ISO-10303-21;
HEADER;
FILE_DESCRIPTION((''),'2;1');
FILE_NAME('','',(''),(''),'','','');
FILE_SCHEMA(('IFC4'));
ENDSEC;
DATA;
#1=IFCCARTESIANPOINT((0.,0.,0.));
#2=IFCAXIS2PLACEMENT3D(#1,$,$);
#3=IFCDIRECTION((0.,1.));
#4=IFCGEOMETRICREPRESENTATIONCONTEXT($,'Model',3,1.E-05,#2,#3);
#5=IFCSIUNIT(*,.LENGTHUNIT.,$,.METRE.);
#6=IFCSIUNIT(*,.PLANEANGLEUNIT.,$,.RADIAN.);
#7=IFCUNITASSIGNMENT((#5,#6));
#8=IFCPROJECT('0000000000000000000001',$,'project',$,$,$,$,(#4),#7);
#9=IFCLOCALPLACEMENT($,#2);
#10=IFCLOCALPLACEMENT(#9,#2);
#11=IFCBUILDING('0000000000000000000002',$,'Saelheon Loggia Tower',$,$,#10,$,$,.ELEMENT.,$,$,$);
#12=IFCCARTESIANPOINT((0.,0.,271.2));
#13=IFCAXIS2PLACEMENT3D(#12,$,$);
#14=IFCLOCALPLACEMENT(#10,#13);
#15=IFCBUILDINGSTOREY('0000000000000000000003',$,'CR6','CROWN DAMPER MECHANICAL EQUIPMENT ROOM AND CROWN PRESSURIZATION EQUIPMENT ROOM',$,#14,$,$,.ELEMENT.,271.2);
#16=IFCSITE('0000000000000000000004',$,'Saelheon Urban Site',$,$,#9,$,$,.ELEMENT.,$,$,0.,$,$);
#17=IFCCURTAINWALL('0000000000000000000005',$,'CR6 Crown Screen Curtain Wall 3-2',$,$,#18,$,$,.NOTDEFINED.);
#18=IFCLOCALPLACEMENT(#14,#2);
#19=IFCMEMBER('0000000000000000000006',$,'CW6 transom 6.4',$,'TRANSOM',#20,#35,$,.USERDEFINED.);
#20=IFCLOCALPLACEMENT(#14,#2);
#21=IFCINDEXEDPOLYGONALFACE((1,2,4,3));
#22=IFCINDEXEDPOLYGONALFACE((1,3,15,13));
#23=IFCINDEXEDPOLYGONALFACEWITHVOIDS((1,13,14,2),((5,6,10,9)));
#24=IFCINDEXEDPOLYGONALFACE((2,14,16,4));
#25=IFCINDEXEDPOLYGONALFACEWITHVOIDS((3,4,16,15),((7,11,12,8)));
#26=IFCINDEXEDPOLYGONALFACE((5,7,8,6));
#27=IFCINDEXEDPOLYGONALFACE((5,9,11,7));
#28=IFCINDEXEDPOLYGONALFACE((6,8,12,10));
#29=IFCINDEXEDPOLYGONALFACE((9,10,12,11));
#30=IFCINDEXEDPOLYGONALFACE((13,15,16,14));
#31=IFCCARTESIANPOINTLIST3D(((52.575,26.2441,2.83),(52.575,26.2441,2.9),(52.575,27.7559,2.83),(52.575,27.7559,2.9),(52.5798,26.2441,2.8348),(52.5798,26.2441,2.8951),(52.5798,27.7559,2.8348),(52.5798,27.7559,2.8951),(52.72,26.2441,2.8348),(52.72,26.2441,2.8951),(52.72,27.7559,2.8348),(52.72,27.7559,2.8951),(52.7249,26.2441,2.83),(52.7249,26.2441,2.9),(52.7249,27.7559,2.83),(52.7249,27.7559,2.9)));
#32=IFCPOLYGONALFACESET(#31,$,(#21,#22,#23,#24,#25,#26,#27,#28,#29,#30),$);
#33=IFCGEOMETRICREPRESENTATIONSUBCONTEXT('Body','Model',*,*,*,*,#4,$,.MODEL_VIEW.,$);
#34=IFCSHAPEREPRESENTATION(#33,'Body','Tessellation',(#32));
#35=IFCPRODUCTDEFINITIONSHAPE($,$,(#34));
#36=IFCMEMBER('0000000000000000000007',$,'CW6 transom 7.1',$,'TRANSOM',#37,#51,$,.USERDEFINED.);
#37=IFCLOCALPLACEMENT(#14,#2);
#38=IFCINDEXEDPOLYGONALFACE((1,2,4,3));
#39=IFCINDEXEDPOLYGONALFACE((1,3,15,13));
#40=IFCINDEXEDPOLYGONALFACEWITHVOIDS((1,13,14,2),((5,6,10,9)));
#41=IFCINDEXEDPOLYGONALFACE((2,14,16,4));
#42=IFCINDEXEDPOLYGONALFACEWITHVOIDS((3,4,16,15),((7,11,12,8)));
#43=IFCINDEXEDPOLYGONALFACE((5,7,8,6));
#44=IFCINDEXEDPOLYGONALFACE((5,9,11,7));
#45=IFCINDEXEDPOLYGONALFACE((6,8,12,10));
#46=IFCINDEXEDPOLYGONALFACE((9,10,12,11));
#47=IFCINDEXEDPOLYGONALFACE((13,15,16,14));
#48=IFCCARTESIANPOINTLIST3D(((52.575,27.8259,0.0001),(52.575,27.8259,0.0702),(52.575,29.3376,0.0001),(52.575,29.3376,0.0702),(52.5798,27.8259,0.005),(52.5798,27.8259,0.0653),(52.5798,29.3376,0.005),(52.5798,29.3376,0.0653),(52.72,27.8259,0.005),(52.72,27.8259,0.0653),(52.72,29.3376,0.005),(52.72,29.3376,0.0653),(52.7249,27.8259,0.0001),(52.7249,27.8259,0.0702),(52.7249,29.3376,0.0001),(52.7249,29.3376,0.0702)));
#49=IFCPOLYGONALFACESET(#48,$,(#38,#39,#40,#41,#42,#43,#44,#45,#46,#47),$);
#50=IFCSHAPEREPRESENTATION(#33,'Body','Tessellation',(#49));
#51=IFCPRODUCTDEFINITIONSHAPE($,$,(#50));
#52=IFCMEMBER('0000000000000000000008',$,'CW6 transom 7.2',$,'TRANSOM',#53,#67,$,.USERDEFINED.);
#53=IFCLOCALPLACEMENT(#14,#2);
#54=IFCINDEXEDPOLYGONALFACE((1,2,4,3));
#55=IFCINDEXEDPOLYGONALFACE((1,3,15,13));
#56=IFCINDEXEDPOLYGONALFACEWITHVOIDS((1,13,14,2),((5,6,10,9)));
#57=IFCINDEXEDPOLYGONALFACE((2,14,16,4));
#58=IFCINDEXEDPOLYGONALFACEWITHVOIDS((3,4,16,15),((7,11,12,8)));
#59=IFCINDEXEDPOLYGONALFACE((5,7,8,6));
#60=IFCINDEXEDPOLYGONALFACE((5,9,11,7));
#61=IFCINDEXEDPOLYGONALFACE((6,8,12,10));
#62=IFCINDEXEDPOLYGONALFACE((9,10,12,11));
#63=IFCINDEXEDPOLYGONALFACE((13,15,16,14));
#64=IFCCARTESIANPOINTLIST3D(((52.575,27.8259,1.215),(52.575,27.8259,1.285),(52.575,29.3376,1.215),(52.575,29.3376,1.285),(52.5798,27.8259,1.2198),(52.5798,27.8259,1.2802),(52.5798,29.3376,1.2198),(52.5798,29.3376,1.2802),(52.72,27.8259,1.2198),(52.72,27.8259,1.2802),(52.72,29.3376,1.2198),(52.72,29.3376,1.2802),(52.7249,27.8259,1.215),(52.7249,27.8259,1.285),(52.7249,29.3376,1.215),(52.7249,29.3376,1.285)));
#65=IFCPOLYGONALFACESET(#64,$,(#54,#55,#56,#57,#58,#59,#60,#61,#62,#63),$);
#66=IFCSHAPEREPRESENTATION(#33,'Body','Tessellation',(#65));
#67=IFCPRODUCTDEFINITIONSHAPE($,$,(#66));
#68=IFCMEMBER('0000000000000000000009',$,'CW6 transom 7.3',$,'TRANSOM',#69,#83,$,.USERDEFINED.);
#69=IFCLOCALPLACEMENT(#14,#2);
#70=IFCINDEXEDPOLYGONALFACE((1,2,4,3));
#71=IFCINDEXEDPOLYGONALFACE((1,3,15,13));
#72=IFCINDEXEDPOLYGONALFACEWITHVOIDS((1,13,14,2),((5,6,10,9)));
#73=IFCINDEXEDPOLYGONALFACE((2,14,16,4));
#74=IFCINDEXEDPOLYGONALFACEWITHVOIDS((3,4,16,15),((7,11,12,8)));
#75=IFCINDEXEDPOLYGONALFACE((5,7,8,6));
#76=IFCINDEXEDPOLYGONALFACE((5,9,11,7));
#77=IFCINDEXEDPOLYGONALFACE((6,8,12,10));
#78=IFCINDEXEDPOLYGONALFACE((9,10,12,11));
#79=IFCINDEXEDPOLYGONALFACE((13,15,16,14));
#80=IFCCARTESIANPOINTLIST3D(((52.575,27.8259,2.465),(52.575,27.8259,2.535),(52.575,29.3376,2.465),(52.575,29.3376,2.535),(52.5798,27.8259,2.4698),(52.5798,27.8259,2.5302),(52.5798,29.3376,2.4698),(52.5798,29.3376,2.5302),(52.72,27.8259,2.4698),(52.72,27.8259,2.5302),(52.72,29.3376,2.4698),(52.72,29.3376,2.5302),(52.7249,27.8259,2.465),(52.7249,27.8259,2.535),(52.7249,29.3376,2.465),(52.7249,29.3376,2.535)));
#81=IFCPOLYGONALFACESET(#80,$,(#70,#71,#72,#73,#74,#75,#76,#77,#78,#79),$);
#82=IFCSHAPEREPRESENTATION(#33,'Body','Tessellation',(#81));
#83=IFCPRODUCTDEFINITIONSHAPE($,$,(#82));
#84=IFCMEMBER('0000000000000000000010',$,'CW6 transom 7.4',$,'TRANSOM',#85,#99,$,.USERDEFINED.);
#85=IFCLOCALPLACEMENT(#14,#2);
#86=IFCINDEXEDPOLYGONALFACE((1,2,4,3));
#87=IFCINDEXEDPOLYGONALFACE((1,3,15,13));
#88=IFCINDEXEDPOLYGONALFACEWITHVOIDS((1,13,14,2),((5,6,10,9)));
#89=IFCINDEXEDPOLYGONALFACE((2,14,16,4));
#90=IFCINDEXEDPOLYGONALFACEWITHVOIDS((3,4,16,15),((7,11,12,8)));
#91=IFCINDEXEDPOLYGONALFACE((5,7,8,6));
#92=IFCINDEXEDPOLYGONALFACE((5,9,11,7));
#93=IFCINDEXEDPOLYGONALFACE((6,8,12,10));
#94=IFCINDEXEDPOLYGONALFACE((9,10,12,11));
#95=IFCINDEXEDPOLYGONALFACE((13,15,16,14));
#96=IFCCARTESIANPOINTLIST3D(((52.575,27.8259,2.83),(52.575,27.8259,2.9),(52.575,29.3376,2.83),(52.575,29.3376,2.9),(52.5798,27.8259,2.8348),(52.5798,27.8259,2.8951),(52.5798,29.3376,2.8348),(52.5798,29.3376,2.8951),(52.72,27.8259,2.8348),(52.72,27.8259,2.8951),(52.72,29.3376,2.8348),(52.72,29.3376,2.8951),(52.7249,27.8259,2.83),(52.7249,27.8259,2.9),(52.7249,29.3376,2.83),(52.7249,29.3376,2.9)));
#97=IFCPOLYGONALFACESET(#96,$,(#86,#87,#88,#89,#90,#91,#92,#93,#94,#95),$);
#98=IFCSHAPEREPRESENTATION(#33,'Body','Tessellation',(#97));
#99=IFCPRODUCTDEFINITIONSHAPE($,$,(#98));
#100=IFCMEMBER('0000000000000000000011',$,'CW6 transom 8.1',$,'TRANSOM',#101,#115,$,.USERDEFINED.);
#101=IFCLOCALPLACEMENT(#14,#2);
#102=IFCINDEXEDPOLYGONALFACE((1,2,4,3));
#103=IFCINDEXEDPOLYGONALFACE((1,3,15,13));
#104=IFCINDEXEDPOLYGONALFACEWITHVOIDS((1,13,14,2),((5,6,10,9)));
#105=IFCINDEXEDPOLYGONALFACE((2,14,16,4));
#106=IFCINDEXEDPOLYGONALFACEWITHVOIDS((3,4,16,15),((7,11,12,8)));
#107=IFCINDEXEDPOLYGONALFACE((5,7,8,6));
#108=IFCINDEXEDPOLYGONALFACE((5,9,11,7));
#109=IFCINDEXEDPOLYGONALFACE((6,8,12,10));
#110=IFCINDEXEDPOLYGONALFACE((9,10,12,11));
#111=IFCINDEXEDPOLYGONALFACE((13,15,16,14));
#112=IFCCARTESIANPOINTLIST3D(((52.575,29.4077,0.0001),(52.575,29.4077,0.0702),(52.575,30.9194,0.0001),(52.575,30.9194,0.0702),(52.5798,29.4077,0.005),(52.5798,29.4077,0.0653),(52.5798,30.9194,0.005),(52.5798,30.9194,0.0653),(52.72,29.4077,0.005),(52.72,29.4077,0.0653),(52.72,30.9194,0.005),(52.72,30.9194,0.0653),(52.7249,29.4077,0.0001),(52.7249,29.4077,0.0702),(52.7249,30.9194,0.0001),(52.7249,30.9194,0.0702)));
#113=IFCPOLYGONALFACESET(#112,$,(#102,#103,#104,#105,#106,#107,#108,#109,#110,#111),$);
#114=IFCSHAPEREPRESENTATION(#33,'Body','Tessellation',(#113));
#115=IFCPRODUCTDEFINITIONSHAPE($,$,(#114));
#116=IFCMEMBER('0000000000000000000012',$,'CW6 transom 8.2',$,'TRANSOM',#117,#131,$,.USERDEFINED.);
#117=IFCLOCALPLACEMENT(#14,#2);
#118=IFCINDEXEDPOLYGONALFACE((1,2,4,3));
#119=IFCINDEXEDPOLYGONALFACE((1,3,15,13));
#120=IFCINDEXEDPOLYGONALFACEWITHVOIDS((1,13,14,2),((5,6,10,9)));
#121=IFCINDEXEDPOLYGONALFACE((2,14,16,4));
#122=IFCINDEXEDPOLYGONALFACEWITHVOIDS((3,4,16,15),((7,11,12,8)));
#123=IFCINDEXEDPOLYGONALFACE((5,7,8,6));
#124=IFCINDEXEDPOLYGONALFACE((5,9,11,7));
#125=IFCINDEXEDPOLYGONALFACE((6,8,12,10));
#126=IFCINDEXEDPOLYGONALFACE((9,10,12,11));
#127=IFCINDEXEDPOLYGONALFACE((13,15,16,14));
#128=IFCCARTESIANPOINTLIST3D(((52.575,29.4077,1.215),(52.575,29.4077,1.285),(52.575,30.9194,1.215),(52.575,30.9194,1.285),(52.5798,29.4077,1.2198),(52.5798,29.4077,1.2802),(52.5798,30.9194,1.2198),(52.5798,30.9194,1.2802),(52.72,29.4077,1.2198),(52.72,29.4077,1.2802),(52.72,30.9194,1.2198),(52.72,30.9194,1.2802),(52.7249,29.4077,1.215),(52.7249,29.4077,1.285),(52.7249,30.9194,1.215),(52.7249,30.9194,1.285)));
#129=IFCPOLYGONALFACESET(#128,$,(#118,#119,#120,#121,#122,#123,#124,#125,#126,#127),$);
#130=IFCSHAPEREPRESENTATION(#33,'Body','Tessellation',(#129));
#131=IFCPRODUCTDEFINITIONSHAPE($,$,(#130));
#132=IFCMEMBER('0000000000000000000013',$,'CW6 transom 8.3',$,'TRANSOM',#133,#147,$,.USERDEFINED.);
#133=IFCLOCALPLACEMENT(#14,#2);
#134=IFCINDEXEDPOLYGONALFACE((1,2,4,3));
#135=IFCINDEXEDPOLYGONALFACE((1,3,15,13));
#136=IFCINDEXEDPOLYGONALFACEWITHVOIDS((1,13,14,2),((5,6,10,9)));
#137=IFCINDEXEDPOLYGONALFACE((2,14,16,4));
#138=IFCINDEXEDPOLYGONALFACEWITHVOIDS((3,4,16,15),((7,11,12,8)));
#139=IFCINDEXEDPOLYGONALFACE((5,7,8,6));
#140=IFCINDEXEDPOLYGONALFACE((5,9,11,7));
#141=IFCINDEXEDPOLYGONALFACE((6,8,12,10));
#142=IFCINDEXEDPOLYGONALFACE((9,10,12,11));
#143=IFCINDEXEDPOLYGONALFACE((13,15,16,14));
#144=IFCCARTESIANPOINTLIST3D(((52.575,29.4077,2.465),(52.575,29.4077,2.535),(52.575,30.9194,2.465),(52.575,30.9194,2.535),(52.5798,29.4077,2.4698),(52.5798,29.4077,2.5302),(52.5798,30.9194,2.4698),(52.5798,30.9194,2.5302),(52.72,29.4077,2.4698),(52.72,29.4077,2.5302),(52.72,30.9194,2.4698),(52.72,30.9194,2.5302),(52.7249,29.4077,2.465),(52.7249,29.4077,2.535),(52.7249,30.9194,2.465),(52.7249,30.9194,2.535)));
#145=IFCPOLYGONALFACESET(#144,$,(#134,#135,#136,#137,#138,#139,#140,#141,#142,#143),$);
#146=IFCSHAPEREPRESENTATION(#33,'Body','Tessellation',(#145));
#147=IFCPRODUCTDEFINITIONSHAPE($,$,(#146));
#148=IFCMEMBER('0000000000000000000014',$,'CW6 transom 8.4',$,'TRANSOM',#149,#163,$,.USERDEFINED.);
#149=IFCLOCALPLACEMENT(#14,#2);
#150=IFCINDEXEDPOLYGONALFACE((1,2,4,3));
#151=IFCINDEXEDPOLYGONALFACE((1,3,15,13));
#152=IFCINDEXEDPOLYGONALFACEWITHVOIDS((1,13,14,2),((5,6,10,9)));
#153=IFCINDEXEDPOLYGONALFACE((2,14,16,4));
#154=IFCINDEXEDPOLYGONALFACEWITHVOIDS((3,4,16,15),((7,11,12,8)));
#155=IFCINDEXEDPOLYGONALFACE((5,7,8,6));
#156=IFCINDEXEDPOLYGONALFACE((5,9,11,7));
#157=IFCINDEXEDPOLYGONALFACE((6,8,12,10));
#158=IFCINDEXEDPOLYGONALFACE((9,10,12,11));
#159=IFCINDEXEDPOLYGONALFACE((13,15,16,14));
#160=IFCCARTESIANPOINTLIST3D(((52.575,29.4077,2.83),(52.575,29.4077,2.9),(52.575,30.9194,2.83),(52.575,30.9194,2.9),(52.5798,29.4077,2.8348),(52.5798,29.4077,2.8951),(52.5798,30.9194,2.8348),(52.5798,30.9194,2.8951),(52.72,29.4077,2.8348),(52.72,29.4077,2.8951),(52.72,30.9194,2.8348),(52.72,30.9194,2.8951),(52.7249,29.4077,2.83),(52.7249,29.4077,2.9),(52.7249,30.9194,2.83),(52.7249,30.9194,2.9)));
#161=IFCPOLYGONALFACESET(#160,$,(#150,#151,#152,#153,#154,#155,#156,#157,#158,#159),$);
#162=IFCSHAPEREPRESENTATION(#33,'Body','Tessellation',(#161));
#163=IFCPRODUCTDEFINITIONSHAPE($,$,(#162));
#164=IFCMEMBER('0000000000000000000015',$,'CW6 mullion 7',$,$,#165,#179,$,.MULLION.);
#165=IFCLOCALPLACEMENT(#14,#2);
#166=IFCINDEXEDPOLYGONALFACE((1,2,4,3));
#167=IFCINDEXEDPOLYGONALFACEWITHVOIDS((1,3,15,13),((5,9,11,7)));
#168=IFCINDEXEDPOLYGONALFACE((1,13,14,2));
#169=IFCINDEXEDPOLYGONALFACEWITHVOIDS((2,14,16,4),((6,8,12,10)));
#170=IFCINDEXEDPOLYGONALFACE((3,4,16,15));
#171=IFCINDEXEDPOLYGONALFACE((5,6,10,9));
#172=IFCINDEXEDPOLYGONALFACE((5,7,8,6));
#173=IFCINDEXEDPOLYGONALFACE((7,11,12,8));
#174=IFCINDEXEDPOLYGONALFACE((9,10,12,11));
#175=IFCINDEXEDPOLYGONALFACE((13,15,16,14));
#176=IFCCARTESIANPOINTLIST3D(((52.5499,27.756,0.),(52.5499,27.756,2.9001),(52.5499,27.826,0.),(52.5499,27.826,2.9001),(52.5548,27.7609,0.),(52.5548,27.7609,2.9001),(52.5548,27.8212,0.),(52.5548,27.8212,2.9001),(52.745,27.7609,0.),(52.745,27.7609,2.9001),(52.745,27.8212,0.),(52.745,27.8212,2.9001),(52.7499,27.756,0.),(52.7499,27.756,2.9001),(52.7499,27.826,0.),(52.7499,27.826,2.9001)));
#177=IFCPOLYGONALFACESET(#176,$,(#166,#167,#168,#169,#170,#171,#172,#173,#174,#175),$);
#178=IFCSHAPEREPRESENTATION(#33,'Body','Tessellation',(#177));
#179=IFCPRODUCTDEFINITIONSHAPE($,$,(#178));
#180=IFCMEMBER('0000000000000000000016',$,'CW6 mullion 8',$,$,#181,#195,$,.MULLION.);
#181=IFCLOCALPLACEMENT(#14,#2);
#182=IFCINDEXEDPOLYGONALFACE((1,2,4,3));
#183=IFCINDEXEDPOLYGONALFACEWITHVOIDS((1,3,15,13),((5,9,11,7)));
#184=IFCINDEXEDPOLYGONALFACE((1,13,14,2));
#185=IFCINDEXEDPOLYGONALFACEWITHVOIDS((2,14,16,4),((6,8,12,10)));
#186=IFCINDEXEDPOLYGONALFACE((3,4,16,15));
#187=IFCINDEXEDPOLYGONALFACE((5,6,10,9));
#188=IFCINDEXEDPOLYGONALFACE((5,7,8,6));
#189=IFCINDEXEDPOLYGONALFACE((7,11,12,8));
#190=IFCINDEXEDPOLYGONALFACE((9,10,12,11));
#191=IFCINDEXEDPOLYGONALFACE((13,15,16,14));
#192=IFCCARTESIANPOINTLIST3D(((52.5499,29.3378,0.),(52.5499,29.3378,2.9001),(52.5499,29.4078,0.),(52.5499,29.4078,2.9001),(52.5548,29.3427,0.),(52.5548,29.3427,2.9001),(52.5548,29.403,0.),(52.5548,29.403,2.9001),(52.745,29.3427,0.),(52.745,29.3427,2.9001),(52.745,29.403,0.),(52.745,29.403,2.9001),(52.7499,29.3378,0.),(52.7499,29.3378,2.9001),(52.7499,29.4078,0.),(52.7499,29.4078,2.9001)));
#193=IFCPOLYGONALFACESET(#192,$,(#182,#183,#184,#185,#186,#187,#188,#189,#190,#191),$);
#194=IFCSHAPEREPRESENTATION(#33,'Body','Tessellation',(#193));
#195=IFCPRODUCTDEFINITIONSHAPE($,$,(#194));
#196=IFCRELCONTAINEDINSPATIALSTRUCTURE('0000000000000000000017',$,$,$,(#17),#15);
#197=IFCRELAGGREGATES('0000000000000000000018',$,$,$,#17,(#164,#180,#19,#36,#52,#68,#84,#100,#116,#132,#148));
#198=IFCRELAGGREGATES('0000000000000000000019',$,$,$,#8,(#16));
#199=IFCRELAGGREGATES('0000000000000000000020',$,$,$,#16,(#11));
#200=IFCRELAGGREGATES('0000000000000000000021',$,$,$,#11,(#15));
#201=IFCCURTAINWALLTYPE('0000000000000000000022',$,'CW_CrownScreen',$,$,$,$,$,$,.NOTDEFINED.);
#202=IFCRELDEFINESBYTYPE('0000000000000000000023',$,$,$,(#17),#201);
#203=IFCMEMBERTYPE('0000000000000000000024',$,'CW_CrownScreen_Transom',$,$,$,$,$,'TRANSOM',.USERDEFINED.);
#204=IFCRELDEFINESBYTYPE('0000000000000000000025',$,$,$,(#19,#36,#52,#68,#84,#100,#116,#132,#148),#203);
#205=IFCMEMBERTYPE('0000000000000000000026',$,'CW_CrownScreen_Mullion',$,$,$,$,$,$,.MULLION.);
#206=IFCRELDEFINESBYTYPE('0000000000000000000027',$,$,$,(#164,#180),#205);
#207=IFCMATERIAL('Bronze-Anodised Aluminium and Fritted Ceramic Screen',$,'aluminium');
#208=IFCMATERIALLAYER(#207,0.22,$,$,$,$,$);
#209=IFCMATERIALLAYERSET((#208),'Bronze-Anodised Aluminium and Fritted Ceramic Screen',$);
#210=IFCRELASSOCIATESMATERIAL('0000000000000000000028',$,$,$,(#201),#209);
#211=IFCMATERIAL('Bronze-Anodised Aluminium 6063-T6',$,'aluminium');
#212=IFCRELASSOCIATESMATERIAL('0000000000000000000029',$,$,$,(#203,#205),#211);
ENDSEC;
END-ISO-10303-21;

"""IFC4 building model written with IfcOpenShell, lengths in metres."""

from ifc_helpers import new_model, si_unit, direction, frame, origin, origin_2d, place, context, subcontext, project, spatial, hollow_rectangle, extrude, source, transform, mapped, material, layer, layer_set, material_profile, profile_set, type_object, element, aggregate, save


model = new_model("IFC4")

# Units and contexts
model_context = context("Model", 3, precision=1e-05, world=origin(), true_north=direction((0.0, 1.0)))
body_context = subcontext(model_context, "Body", "Model", "MODEL_VIEW")
ifc_project = project(units=[si_unit("LENGTHUNIT", "METRE"), si_unit("PLANEANGLEUNIT", "RADIAN")], contexts=[model_context])

# Site, building, storey
site_placement = place(None, origin())
site = spatial("IfcSite", under=ifc_project, at=site_placement, Name="Saelheon Urban Site", CompositionType="ELEMENT", RefElevation=0.0)
building_placement = place(site_placement, origin())
building = spatial("IfcBuilding", under=site, at=building_placement, Name="Saelheon Loggia Tower", CompositionType="ELEMENT")
storey_placement = place(building_placement, frame((0.0, 0.0, 271.2)))
storey = spatial("IfcBuildingStorey", under=building, at=storey_placement, Name="CR6", Description="CROWN DAMPER MECHANICAL EQUIPMENT ROOM AND CROWN PRESSURIZATION EQUIPMENT ROOM", CompositionType="ELEMENT", Elevation=271.2)

# Curtain wall, members
ifc_material_1 = material(Name="Bronze-Anodised Aluminium and Fritted Ceramic Screen", Category="aluminium")
ifc_layer_1 = layer(ifc_material_1, 0.22)
ifc_layer_set_1 = layer_set([ifc_layer_1], Name="Bronze-Anodised Aluminium and Fritted Ceramic Screen")
curtain_wall_type = type_object("IfcCurtainWallType", Name="CW_CrownScreen", PredefinedType="NOTDEFINED", material=ifc_layer_set_1)
curtain_wall_placement = place(storey_placement, origin())
curtain_wall = element("IfcCurtainWall", 1, at=curtain_wall_placement, inside=storey, type_object=curtain_wall_type, Name="CR6 Crown Screen Curtain Wall 3-2", PredefinedType="NOTDEFINED")
ifc_material_2 = material(Name="Bronze-Anodised Aluminium 6063-T6", Category="aluminium")
ifc_material_profile_1 = material_profile(ifc_material_2, hollow_rectangle(XDim=0.0701, YDim=0.1499, WallThickness=0.0049, at=origin_2d()), Name="RHS-150x70x5")
ifc_profile_set_1 = profile_set([ifc_material_profile_1], Name="Bronze-Anodised Aluminium 6063-T6")
member_type_1 = type_object("IfcMemberType", Name="CW_CrownScreen_Transom", ElementType="TRANSOM", PredefinedType="USERDEFINED", material=ifc_profile_set_1)
shared_shape_1 = source(origin(), body_context, "Body", "SweptSolid", [
    extrude(hollow_rectangle(XDim=0.0701, YDim=0.1499, WallThickness=0.0049, at=origin_2d()), origin(), (0.0, 0.0, 1.0), 1.5117),
])
member_1_placement = place(storey_placement, frame((52.6499, 26.2441, 2.865), z_axis=(0.0, 1.0, 0.0), x_axis=(0.0, 0.0, 1.0)))
member_1 = element("IfcMember", 2, at=member_1_placement, type_object=member_type_1, Name="CW6 transom 6.4", ObjectType="TRANSOM", PredefinedType="USERDEFINED", context=body_context, shape_type="MappedRepresentation", body=[
    mapped(shared_shape_1, transform((0.0, 0.0, 0.0), scale=1.0)),
])
member_2_placement = place(storey_placement, frame((52.6499, 27.8259, 0.0352), z_axis=(0.0, 1.0, 0.0), x_axis=(0.0, 0.0, 1.0)))
member_2 = element("IfcMember", 3, at=member_2_placement, type_object=member_type_1, Name="CW6 transom 7.1", ObjectType="TRANSOM", PredefinedType="USERDEFINED", context=body_context, shape_type="MappedRepresentation", body=[
    mapped(shared_shape_1, transform((0.0, 0.0, 0.0), scale=1.0)),
])
member_3_placement = place(storey_placement, frame((52.6499, 27.8259, 1.25), z_axis=(0.0, 1.0, 0.0), x_axis=(0.0, 0.0, 1.0)))
member_3 = element("IfcMember", 4, at=member_3_placement, type_object=member_type_1, Name="CW6 transom 7.2", ObjectType="TRANSOM", PredefinedType="USERDEFINED", context=body_context, shape_type="MappedRepresentation", body=[
    mapped(shared_shape_1, transform((0.0, 0.0, 0.0), scale=1.0)),
])
member_4_placement = place(storey_placement, frame((52.6499, 27.8259, 2.5), z_axis=(0.0, 1.0, 0.0), x_axis=(0.0, 0.0, 1.0)))
member_4 = element("IfcMember", 5, at=member_4_placement, type_object=member_type_1, Name="CW6 transom 7.3", ObjectType="TRANSOM", PredefinedType="USERDEFINED", context=body_context, shape_type="MappedRepresentation", body=[
    mapped(shared_shape_1, transform((0.0, 0.0, 0.0), scale=1.0)),
])
member_5_placement = place(storey_placement, frame((52.6499, 27.8259, 2.865), z_axis=(0.0, 1.0, 0.0), x_axis=(0.0, 0.0, 1.0)))
member_5 = element("IfcMember", 6, at=member_5_placement, type_object=member_type_1, Name="CW6 transom 7.4", ObjectType="TRANSOM", PredefinedType="USERDEFINED", context=body_context, shape_type="MappedRepresentation", body=[
    mapped(shared_shape_1, transform((0.0, 0.0, 0.0), scale=1.0)),
])
member_6_placement = place(storey_placement, frame((52.6499, 29.4077, 0.0352), z_axis=(0.0, 1.0, 0.0), x_axis=(0.0, 0.0, 1.0)))
member_6 = element("IfcMember", 7, at=member_6_placement, type_object=member_type_1, Name="CW6 transom 8.1", ObjectType="TRANSOM", PredefinedType="USERDEFINED", context=body_context, shape_type="MappedRepresentation", body=[
    mapped(shared_shape_1, transform((0.0, 0.0, 0.0), scale=1.0)),
])
member_7_placement = place(storey_placement, frame((52.6499, 29.4077, 1.25), z_axis=(0.0, 1.0, 0.0), x_axis=(0.0, 0.0, 1.0)))
member_7 = element("IfcMember", 8, at=member_7_placement, type_object=member_type_1, Name="CW6 transom 8.2", ObjectType="TRANSOM", PredefinedType="USERDEFINED", context=body_context, shape_type="MappedRepresentation", body=[
    mapped(shared_shape_1, transform((0.0, 0.0, 0.0), scale=1.0)),
])
member_8_placement = place(storey_placement, frame((52.6499, 29.4077, 2.5), z_axis=(0.0, 1.0, 0.0), x_axis=(0.0, 0.0, 1.0)))
member_8 = element("IfcMember", 9, at=member_8_placement, type_object=member_type_1, Name="CW6 transom 8.3", ObjectType="TRANSOM", PredefinedType="USERDEFINED", context=body_context, shape_type="MappedRepresentation", body=[
    mapped(shared_shape_1, transform((0.0, 0.0, 0.0), scale=1.0)),
])
member_9_placement = place(storey_placement, frame((52.6499, 29.4077, 2.865), z_axis=(0.0, 1.0, 0.0), x_axis=(0.0, 0.0, 1.0)))
member_9 = element("IfcMember", 10, at=member_9_placement, type_object=member_type_1, Name="CW6 transom 8.4", ObjectType="TRANSOM", PredefinedType="USERDEFINED", context=body_context, shape_type="MappedRepresentation", body=[
    mapped(shared_shape_1, transform((0.0, 0.0, 0.0), scale=1.0)),
])
ifc_material_profile_2 = material_profile(ifc_material_2, hollow_rectangle(XDim=0.0701, YDim=0.2, WallThickness=0.0049, at=origin_2d()), Name="RHS-200x70x5")
ifc_profile_set_2 = profile_set([ifc_material_profile_2], Name="Bronze-Anodised Aluminium 6063-T6")
member_type_2 = type_object("IfcMemberType", Name="CW_CrownScreen_Mullion", PredefinedType="MULLION", material=ifc_profile_set_2)
shared_shape_2 = source(origin(), body_context, "Body", "SweptSolid", [
    extrude(hollow_rectangle(XDim=0.0701, YDim=0.2, WallThickness=0.0049, at=origin_2d()), origin(), (0.0, 0.0, 1.0), 2.9001),
])
member_10_placement = place(storey_placement, frame((52.6499, 27.791, 0.0), z_axis=(0.0, 0.0, 1.0), x_axis=(0.0, 1.0, 0.0)))
member_10 = element("IfcMember", 11, at=member_10_placement, type_object=member_type_2, Name="CW6 mullion 7", PredefinedType="MULLION", context=body_context, shape_type="MappedRepresentation", body=[
    mapped(shared_shape_2, transform((0.0, 0.0, 0.0), scale=1.0)),
])
member_11_placement = place(storey_placement, frame((52.6499, 29.3728, 0.0), z_axis=(0.0, 0.0, 1.0), x_axis=(0.0, 1.0, 0.0)))
member_11 = element("IfcMember", 12, at=member_11_placement, type_object=member_type_2, Name="CW6 mullion 8", PredefinedType="MULLION", context=body_context, shape_type="MappedRepresentation", body=[
    mapped(shared_shape_2, transform((0.0, 0.0, 0.0), scale=1.0)),
])
aggregate(curtain_wall, [member_10, member_11, member_1, member_2, member_3, member_4, member_5, member_6, member_7, member_8, member_9])

save(model, "model.ifc")
